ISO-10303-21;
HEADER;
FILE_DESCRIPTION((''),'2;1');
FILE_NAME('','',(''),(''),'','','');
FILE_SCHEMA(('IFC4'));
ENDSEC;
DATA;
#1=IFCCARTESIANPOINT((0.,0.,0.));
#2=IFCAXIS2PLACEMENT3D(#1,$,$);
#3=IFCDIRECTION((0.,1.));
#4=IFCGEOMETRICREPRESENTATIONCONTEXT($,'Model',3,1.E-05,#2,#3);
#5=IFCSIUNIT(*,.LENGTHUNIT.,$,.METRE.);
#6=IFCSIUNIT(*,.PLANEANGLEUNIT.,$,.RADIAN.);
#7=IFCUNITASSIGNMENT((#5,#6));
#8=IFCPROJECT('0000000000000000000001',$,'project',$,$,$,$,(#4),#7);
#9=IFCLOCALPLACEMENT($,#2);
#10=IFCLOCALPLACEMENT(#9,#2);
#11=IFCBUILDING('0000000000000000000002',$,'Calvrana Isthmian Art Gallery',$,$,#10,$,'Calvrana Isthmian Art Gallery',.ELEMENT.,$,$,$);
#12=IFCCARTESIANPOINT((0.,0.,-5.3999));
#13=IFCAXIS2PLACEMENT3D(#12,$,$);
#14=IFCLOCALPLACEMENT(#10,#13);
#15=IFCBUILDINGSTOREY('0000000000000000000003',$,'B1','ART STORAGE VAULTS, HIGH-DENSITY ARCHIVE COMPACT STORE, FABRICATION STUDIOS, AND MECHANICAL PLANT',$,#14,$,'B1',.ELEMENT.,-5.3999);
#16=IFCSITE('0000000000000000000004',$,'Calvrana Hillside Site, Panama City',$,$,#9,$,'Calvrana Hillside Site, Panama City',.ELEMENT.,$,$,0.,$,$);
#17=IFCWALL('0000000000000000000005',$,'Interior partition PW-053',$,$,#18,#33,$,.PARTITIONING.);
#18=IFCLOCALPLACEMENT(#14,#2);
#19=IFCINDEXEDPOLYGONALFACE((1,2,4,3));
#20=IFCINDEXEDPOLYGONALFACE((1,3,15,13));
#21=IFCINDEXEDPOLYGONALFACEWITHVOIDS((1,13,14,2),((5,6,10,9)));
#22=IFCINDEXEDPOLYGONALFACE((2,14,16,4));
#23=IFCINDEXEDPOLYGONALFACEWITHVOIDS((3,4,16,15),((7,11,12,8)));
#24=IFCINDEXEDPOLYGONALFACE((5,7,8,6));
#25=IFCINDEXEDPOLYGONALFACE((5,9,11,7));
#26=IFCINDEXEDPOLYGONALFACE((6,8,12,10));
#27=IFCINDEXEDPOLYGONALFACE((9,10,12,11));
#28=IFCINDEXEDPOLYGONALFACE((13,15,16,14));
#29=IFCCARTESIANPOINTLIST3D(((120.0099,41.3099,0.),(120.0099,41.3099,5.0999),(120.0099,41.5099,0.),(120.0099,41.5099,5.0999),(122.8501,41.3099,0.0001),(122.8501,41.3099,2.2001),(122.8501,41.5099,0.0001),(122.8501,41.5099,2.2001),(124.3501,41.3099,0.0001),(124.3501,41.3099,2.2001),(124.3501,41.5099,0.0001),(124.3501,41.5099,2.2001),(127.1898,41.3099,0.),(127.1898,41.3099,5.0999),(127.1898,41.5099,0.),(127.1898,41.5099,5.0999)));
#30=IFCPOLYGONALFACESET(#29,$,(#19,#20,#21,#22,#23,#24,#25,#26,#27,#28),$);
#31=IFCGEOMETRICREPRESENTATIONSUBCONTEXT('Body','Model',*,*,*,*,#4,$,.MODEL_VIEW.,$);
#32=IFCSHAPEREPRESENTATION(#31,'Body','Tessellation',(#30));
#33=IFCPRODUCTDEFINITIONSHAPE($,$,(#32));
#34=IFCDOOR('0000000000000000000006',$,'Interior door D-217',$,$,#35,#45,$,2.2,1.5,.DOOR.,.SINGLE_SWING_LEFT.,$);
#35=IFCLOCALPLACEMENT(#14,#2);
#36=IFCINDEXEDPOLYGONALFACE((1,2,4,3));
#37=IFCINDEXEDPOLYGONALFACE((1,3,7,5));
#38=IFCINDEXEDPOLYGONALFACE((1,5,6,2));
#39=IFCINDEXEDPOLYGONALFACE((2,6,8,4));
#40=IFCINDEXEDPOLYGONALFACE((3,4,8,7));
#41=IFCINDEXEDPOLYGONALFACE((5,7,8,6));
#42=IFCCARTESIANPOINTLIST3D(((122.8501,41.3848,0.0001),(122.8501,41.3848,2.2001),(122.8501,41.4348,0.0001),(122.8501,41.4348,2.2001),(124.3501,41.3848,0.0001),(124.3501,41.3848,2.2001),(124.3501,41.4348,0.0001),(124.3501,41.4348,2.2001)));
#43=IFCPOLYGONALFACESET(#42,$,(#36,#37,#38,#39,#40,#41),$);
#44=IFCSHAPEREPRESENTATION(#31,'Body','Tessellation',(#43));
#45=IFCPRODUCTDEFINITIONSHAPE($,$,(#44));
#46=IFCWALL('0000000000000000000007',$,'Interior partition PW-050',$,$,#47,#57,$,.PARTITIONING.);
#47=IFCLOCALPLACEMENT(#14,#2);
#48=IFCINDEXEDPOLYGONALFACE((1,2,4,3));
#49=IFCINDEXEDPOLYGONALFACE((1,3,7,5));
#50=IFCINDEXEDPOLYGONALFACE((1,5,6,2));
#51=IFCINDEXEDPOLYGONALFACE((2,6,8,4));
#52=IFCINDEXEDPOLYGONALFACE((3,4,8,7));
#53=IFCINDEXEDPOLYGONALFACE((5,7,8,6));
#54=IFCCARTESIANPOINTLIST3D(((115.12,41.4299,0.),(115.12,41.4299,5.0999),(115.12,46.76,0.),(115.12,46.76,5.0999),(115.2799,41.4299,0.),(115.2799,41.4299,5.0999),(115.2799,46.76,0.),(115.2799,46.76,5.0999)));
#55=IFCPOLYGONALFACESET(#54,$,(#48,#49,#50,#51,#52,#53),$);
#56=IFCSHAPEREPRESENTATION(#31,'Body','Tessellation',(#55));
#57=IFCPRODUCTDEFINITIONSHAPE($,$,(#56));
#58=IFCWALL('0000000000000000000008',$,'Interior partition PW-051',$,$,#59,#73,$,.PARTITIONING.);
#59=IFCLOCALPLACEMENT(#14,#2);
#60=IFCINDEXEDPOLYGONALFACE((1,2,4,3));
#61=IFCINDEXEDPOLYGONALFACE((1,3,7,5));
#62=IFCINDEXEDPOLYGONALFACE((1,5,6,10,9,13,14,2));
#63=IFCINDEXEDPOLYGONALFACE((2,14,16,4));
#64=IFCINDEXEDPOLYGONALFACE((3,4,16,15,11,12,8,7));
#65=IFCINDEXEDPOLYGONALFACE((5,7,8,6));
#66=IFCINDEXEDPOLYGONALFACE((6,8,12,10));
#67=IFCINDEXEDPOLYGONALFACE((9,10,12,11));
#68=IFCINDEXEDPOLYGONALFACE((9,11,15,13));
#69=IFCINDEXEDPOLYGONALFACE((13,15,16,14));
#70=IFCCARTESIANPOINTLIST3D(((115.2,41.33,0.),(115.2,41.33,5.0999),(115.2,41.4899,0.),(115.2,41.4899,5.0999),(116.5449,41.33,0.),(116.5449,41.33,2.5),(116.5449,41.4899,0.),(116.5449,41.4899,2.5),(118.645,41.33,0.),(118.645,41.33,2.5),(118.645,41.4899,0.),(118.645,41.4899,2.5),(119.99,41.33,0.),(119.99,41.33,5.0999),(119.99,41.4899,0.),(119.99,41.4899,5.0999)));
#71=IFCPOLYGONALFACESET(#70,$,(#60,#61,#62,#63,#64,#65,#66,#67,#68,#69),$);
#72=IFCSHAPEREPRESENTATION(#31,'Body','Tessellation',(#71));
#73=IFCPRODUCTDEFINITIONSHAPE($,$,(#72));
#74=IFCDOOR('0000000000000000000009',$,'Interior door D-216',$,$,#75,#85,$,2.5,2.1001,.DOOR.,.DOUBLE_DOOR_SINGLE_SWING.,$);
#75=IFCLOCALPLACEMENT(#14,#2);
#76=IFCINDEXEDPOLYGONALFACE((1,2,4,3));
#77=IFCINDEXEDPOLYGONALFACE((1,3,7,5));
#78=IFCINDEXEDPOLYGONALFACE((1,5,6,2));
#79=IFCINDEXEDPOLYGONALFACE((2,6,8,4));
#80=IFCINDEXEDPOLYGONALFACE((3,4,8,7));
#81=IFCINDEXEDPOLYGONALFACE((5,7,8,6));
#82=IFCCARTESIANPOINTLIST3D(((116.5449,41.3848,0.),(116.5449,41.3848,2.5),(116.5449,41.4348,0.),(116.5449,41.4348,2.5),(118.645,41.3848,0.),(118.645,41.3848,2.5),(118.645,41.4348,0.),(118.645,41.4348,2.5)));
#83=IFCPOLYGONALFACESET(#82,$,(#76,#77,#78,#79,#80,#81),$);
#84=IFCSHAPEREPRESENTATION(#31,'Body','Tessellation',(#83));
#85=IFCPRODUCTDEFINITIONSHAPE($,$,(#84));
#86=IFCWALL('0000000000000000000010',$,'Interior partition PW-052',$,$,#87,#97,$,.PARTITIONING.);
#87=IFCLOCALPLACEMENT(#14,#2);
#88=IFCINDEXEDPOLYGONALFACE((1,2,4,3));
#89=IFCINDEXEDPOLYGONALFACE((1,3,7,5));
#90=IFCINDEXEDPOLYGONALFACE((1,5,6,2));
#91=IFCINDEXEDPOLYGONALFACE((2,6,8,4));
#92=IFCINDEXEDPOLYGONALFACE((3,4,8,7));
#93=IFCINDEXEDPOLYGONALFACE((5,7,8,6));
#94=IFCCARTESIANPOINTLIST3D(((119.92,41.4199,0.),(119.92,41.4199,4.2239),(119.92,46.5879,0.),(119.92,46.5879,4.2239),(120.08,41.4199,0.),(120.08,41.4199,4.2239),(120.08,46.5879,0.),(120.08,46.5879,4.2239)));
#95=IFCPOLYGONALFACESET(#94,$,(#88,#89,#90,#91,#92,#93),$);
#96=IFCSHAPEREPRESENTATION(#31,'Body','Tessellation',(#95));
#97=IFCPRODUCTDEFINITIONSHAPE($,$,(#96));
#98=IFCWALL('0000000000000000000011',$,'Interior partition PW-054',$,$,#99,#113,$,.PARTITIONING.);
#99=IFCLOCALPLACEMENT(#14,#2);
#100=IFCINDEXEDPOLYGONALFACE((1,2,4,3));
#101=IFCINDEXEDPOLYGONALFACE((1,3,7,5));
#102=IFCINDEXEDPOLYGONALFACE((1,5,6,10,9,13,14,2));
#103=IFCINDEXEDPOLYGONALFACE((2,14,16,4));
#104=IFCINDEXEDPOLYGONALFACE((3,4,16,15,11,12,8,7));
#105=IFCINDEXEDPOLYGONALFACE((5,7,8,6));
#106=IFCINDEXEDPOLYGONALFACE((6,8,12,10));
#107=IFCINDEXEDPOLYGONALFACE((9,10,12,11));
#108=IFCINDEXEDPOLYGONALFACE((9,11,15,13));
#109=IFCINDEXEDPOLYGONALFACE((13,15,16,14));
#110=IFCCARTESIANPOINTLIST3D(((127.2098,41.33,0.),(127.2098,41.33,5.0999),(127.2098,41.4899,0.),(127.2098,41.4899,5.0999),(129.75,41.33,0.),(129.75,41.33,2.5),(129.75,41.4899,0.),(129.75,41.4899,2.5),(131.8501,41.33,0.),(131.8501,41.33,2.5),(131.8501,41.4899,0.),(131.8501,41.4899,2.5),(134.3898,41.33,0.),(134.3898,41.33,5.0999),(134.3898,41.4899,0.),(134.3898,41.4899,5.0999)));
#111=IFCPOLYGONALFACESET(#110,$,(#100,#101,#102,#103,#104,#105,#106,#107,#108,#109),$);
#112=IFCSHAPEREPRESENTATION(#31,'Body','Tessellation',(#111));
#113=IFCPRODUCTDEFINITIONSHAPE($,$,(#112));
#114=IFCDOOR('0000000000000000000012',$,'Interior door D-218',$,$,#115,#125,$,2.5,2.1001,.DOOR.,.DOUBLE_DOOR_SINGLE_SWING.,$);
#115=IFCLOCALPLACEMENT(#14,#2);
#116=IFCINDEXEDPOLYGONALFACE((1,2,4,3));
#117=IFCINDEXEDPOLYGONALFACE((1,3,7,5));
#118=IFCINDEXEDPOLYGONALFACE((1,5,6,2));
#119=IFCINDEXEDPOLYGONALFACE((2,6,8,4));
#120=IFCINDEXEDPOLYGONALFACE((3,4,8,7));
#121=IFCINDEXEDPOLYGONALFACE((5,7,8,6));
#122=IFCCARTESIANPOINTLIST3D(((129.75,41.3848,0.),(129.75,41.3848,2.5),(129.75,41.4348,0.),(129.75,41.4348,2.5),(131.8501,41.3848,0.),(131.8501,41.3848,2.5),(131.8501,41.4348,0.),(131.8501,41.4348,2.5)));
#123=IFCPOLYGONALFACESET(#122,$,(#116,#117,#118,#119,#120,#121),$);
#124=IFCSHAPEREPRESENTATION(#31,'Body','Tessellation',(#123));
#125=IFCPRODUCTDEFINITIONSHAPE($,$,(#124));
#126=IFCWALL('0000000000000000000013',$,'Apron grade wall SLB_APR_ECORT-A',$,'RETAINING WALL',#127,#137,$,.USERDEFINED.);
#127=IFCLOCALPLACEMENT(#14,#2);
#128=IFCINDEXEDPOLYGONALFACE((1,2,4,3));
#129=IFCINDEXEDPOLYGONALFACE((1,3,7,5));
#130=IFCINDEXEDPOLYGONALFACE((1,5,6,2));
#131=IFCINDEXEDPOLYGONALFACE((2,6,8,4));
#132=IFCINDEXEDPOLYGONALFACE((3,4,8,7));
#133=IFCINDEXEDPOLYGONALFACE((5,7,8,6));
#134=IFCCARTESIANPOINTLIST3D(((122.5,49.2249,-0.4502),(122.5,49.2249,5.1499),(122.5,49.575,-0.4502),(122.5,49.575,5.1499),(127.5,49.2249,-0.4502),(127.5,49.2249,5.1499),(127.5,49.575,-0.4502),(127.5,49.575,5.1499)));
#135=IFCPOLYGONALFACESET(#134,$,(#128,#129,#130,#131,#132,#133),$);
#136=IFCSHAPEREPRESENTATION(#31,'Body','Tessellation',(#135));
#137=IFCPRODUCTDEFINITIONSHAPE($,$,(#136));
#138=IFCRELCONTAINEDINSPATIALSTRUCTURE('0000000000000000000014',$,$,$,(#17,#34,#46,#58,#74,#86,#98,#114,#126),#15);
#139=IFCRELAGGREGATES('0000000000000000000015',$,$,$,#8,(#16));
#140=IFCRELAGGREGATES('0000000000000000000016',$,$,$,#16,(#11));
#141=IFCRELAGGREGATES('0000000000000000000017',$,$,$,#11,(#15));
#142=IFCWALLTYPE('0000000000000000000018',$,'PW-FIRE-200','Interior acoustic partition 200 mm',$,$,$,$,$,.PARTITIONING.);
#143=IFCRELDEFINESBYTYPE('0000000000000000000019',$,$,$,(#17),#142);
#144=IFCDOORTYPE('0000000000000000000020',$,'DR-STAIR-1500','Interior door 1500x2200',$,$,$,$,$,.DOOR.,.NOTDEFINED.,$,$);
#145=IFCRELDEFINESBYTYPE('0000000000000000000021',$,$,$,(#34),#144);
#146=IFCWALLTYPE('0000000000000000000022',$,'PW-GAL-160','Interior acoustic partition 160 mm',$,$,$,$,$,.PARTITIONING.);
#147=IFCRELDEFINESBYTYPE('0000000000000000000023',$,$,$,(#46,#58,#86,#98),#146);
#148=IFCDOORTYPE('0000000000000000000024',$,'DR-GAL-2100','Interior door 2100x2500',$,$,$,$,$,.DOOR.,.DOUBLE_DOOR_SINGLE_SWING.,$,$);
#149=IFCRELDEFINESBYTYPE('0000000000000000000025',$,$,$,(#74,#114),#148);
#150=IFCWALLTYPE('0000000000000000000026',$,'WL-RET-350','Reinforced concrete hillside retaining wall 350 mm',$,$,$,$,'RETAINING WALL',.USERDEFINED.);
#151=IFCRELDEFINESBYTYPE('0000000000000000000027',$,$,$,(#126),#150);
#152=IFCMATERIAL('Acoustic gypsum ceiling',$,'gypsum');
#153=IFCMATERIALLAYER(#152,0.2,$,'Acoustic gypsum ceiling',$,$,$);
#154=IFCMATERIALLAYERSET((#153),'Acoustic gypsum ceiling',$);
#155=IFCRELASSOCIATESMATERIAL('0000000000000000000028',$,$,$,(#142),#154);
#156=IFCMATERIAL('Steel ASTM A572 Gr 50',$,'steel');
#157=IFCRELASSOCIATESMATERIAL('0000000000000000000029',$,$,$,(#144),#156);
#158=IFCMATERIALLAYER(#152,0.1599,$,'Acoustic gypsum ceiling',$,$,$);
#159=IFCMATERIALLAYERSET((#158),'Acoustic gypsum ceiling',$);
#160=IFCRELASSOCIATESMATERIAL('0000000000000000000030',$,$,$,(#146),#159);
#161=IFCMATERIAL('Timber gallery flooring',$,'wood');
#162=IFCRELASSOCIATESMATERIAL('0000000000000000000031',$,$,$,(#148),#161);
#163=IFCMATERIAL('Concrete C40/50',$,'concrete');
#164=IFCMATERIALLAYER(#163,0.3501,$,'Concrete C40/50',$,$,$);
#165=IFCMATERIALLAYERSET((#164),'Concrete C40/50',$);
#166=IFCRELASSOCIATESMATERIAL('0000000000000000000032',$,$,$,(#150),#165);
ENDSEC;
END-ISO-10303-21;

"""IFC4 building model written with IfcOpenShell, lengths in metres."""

from ifc_helpers import new_model, si_unit, direction, frame, frame_2d, origin, place, context, subcontext, project, spatial, rectangle, extrude, material, layer, layer_set, type_object, element, fill, save


model = new_model("IFC4")

# Units and contexts
model_context = context("Model", 3, precision=1e-05, world=origin(), true_north=direction((0.0, 1.0)))
body_context = subcontext(model_context, "Body", "Model", "MODEL_VIEW")
ifc_project = project(units=[si_unit("LENGTHUNIT", "METRE"), si_unit("PLANEANGLEUNIT", "RADIAN")], contexts=[model_context])

# Site, building, storey
site_placement = place(None, origin())
site = spatial("IfcSite", under=ifc_project, at=site_placement, Name="Calvrana Hillside Site, Panama City", LongName="Calvrana Hillside Site, Panama City", CompositionType="ELEMENT", RefElevation=0.0)
building_placement = place(site_placement, origin())
building = spatial("IfcBuilding", under=site, at=building_placement, Name="Calvrana Isthmian Art Gallery", LongName="Calvrana Isthmian Art Gallery", CompositionType="ELEMENT")
storey_placement = place(building_placement, frame((0.0, 0.0, -5.3999)))
storey = spatial("IfcBuildingStorey", under=building, at=storey_placement, Name="B1", Description="ART STORAGE VAULTS, HIGH-DENSITY ARCHIVE COMPACT STORE, FABRICATION STUDIOS, AND MECHANICAL PLANT", LongName="B1", CompositionType="ELEMENT", Elevation=-5.3999)

# Shared definitions
ifc_material_1 = material(Name="Steel ASTM A572 Gr 50", Category="steel")

# Wall, opening, door
ifc_material_2 = material(Name="Acoustic gypsum ceiling", Category="gypsum")
ifc_layer_1 = layer(ifc_material_2, 0.2, Name="Acoustic gypsum ceiling")
ifc_layer_set_1 = layer_set([ifc_layer_1], Name="Acoustic gypsum ceiling")
wall_type_1 = type_object("IfcWallType", Name="PW-FIRE-200", Description="Interior acoustic partition 200 mm", PredefinedType="PARTITIONING", material=ifc_layer_set_1)
wall_1_placement = place(storey_placement, frame((120.01, 41.4099, 0.0), z_axis=(0.0, 0.0, 1.0), x_axis=(1.0, 0.0, 0.0)))
wall_1 = element("IfcWall", 1, at=wall_1_placement, inside=storey, type_object=wall_type_1, Name="Interior partition PW-053", PredefinedType="PARTITIONING", context=body_context, shape_type="SweptSolid", body=[
    extrude(rectangle(XDim=7.1799, YDim=0.2, at=frame_2d((3.5898, 0.0))), origin(), (0.0, 0.0, 1.0), 5.0999),
])
opening_1_placement = place(wall_1_placement, frame((2.8401, 0.0, 0.0)))
opening_1 = element("IfcOpeningElement", 2, at=opening_1_placement, cuts=wall_1, PredefinedType="OPENING", context=body_context, shape_type="SweptSolid", body=[
    extrude(rectangle(XDim=1.5, YDim=2.2, at=frame_2d((0.75, 1.1001))), frame((0.0, 0.1104, 0.0), z_axis=(0.0, -1.0, 0.0), x_axis=(1.0, 0.0, 0.0)), (0.0, 0.0, 1.0), 0.2205),
])
door_type_1 = type_object("IfcDoorType", Name="DR-STAIR-1500", Description="Interior door 1500x2200", OperationType="NOTDEFINED", PredefinedType="DOOR", material=ifc_material_1)
door_1_placement = place(opening_1_placement, origin())
door_1 = element("IfcDoor", 3, at=door_1_placement, inside=storey, type_object=door_type_1, Name="Interior door D-217", OperationType="SINGLE_SWING_LEFT", OverallHeight=2.2, OverallWidth=1.5, PredefinedType="DOOR", context=body_context, shape_type="SweptSolid", body=[
    extrude(rectangle(XDim=1.5, YDim=2.2, at=frame_2d((0.75, 1.1001))), frame((0.0, 0.0249, 0.0), z_axis=(0.0, -1.0, 0.0), x_axis=(1.0, 0.0, 0.0)), (0.0, 0.0, 1.0), 0.05),
])
fill(opening_1, door_1)

# Wall
ifc_layer_2 = layer(ifc_material_2, 0.1599, Name="Acoustic gypsum ceiling")
ifc_layer_set_2 = layer_set([ifc_layer_2], Name="Acoustic gypsum ceiling")
wall_type_2 = type_object("IfcWallType", Name="PW-GAL-160", Description="Interior acoustic partition 160 mm", PredefinedType="PARTITIONING", material=ifc_layer_set_2)
wall_2_placement = place(storey_placement, frame((115.2, 41.4299, 0.0), z_axis=(0.0, 0.0, 1.0), x_axis=(0.0, 1.0, 0.0)))
element("IfcWall", 4, at=wall_2_placement, inside=storey, type_object=wall_type_2, Name="Interior partition PW-050", PredefinedType="PARTITIONING", context=body_context, shape_type="SweptSolid", body=[
    extrude(rectangle(XDim=5.3301, YDim=0.1599, at=frame_2d((2.665, 0.0))), origin(), (0.0, 0.0, 1.0), 5.0999),
])

# Wall, opening, door
wall_3_placement = place(storey_placement, frame((115.2, 41.4099, 0.0), z_axis=(0.0, 0.0, 1.0), x_axis=(1.0, 0.0, 0.0)))
wall_3 = element("IfcWall", 5, at=wall_3_placement, inside=storey, type_object=wall_type_2, Name="Interior partition PW-051", PredefinedType="PARTITIONING", context=body_context, shape_type="SweptSolid", body=[
    extrude(rectangle(XDim=4.79, YDim=0.1599, at=frame_2d((2.395, 0.0))), origin(), (0.0, 0.0, 1.0), 5.0999),
])
opening_2_placement = place(wall_3_placement, frame((1.345, 0.0, 0.0)))
opening_2 = element("IfcOpeningElement", 6, at=opening_2_placement, cuts=wall_3, PredefinedType="OPENING", context=body_context, shape_type="SweptSolid", body=[
    extrude(rectangle(XDim=2.1001, YDim=2.5, at=frame_2d((1.05, 1.25))), frame((0.0, 0.0903, 0.0), z_axis=(0.0, -1.0, 0.0), x_axis=(1.0, 0.0, 0.0)), (0.0, 0.0, 1.0), 0.1804),
])
ifc_material_3 = material(Name="Timber gallery flooring", Category="wood")
door_type_2 = type_object("IfcDoorType", Name="DR-GAL-2100", Description="Interior door 2100x2500", OperationType="DOUBLE_DOOR_SINGLE_SWING", PredefinedType="DOOR", material=ifc_material_3)
door_2_placement = place(opening_2_placement, origin())
door_2 = element("IfcDoor", 7, at=door_2_placement, inside=storey, type_object=door_type_2, Name="Interior door D-216", OperationType="DOUBLE_DOOR_SINGLE_SWING", OverallHeight=2.5, OverallWidth=2.1001, PredefinedType="DOOR", context=body_context, shape_type="SweptSolid", body=[
    extrude(rectangle(XDim=2.1001, YDim=2.5, at=frame_2d((1.05, 1.25))), frame((0.0, 0.0249, 0.0), z_axis=(0.0, -1.0, 0.0), x_axis=(1.0, 0.0, 0.0)), (0.0, 0.0, 1.0), 0.05),
])
fill(opening_2, door_2)

# Wall
wall_4_placement = place(storey_placement, frame((120.0, 41.4199, 0.0), z_axis=(0.0, 0.0, 1.0), x_axis=(0.0, 1.0, 0.0)))
element("IfcWall", 8, at=wall_4_placement, inside=storey, type_object=wall_type_2, Name="Interior partition PW-052", PredefinedType="PARTITIONING", context=body_context, shape_type="SweptSolid", body=[
    extrude(rectangle(XDim=5.168, YDim=0.1599, at=frame_2d((2.584, 0.0))), origin(), (0.0, 0.0, 1.0), 4.2239),
])

# Wall, opening, door
wall_5_placement = place(storey_placement, frame((127.21, 41.4099, 0.0), z_axis=(0.0, 0.0, 1.0), x_axis=(1.0, 0.0, 0.0)))
wall_5 = element("IfcWall", 9, at=wall_5_placement, inside=storey, type_object=wall_type_2, Name="Interior partition PW-054", PredefinedType="PARTITIONING", context=body_context, shape_type="SweptSolid", body=[
    extrude(rectangle(XDim=7.1799, YDim=0.1599, at=frame_2d((3.5898, 0.0))), origin(), (0.0, 0.0, 1.0), 5.0999),
])
opening_3_placement = place(wall_5_placement, frame((2.54, 0.0, 0.0)))
opening_3 = element("IfcOpeningElement", 10, at=opening_3_placement, cuts=wall_5, PredefinedType="OPENING", context=body_context, shape_type="SweptSolid", body=[
    extrude(rectangle(XDim=2.1001, YDim=2.5, at=frame_2d((1.05, 1.25))), frame((0.0, 0.0903, 0.0), z_axis=(0.0, -1.0, 0.0), x_axis=(1.0, 0.0, 0.0)), (0.0, 0.0, 1.0), 0.1804),
])
door_3_placement = place(opening_3_placement, origin())
door_3 = element("IfcDoor", 11, at=door_3_placement, inside=storey, type_object=door_type_2, Name="Interior door D-218", OperationType="DOUBLE_DOOR_SINGLE_SWING", OverallHeight=2.5, OverallWidth=2.1001, PredefinedType="DOOR", context=body_context, shape_type="SweptSolid", body=[
    extrude(rectangle(XDim=2.1001, YDim=2.5, at=frame_2d((1.05, 1.25))), frame((0.0, 0.0249, 0.0), z_axis=(0.0, -1.0, 0.0), x_axis=(1.0, 0.0, 0.0)), (0.0, 0.0, 1.0), 0.05),
])
fill(opening_3, door_3)

# Wall
ifc_material_4 = material(Name="Concrete C40/50", Category="concrete")
ifc_layer_3 = layer(ifc_material_4, 0.3501, Name="Concrete C40/50")
ifc_layer_set_3 = layer_set([ifc_layer_3], Name="Concrete C40/50")
wall_type_3 = type_object("IfcWallType", Name="WL-RET-350", Description="Reinforced concrete hillside retaining wall 350 mm", ElementType="RETAINING WALL", PredefinedType="USERDEFINED", material=ifc_layer_set_3)
wall_6_placement = place(storey_placement, frame((122.5, 49.3999, -0.4502), z_axis=(0.0, 0.0, 1.0), x_axis=(1.0, 0.0, 0.0)))
element("IfcWall", 12, at=wall_6_placement, inside=storey, type_object=wall_type_3, Name="Apron grade wall SLB_APR_ECORT-A", ObjectType="RETAINING WALL", PredefinedType="USERDEFINED", context=body_context, shape_type="SweptSolid", body=[
    extrude(rectangle(XDim=5.0, YDim=0.3501, at=frame_2d((2.5, 0.0))), origin(), (0.0, 0.0, 1.0), 5.6001),
])

save(model, "model.ifc")
